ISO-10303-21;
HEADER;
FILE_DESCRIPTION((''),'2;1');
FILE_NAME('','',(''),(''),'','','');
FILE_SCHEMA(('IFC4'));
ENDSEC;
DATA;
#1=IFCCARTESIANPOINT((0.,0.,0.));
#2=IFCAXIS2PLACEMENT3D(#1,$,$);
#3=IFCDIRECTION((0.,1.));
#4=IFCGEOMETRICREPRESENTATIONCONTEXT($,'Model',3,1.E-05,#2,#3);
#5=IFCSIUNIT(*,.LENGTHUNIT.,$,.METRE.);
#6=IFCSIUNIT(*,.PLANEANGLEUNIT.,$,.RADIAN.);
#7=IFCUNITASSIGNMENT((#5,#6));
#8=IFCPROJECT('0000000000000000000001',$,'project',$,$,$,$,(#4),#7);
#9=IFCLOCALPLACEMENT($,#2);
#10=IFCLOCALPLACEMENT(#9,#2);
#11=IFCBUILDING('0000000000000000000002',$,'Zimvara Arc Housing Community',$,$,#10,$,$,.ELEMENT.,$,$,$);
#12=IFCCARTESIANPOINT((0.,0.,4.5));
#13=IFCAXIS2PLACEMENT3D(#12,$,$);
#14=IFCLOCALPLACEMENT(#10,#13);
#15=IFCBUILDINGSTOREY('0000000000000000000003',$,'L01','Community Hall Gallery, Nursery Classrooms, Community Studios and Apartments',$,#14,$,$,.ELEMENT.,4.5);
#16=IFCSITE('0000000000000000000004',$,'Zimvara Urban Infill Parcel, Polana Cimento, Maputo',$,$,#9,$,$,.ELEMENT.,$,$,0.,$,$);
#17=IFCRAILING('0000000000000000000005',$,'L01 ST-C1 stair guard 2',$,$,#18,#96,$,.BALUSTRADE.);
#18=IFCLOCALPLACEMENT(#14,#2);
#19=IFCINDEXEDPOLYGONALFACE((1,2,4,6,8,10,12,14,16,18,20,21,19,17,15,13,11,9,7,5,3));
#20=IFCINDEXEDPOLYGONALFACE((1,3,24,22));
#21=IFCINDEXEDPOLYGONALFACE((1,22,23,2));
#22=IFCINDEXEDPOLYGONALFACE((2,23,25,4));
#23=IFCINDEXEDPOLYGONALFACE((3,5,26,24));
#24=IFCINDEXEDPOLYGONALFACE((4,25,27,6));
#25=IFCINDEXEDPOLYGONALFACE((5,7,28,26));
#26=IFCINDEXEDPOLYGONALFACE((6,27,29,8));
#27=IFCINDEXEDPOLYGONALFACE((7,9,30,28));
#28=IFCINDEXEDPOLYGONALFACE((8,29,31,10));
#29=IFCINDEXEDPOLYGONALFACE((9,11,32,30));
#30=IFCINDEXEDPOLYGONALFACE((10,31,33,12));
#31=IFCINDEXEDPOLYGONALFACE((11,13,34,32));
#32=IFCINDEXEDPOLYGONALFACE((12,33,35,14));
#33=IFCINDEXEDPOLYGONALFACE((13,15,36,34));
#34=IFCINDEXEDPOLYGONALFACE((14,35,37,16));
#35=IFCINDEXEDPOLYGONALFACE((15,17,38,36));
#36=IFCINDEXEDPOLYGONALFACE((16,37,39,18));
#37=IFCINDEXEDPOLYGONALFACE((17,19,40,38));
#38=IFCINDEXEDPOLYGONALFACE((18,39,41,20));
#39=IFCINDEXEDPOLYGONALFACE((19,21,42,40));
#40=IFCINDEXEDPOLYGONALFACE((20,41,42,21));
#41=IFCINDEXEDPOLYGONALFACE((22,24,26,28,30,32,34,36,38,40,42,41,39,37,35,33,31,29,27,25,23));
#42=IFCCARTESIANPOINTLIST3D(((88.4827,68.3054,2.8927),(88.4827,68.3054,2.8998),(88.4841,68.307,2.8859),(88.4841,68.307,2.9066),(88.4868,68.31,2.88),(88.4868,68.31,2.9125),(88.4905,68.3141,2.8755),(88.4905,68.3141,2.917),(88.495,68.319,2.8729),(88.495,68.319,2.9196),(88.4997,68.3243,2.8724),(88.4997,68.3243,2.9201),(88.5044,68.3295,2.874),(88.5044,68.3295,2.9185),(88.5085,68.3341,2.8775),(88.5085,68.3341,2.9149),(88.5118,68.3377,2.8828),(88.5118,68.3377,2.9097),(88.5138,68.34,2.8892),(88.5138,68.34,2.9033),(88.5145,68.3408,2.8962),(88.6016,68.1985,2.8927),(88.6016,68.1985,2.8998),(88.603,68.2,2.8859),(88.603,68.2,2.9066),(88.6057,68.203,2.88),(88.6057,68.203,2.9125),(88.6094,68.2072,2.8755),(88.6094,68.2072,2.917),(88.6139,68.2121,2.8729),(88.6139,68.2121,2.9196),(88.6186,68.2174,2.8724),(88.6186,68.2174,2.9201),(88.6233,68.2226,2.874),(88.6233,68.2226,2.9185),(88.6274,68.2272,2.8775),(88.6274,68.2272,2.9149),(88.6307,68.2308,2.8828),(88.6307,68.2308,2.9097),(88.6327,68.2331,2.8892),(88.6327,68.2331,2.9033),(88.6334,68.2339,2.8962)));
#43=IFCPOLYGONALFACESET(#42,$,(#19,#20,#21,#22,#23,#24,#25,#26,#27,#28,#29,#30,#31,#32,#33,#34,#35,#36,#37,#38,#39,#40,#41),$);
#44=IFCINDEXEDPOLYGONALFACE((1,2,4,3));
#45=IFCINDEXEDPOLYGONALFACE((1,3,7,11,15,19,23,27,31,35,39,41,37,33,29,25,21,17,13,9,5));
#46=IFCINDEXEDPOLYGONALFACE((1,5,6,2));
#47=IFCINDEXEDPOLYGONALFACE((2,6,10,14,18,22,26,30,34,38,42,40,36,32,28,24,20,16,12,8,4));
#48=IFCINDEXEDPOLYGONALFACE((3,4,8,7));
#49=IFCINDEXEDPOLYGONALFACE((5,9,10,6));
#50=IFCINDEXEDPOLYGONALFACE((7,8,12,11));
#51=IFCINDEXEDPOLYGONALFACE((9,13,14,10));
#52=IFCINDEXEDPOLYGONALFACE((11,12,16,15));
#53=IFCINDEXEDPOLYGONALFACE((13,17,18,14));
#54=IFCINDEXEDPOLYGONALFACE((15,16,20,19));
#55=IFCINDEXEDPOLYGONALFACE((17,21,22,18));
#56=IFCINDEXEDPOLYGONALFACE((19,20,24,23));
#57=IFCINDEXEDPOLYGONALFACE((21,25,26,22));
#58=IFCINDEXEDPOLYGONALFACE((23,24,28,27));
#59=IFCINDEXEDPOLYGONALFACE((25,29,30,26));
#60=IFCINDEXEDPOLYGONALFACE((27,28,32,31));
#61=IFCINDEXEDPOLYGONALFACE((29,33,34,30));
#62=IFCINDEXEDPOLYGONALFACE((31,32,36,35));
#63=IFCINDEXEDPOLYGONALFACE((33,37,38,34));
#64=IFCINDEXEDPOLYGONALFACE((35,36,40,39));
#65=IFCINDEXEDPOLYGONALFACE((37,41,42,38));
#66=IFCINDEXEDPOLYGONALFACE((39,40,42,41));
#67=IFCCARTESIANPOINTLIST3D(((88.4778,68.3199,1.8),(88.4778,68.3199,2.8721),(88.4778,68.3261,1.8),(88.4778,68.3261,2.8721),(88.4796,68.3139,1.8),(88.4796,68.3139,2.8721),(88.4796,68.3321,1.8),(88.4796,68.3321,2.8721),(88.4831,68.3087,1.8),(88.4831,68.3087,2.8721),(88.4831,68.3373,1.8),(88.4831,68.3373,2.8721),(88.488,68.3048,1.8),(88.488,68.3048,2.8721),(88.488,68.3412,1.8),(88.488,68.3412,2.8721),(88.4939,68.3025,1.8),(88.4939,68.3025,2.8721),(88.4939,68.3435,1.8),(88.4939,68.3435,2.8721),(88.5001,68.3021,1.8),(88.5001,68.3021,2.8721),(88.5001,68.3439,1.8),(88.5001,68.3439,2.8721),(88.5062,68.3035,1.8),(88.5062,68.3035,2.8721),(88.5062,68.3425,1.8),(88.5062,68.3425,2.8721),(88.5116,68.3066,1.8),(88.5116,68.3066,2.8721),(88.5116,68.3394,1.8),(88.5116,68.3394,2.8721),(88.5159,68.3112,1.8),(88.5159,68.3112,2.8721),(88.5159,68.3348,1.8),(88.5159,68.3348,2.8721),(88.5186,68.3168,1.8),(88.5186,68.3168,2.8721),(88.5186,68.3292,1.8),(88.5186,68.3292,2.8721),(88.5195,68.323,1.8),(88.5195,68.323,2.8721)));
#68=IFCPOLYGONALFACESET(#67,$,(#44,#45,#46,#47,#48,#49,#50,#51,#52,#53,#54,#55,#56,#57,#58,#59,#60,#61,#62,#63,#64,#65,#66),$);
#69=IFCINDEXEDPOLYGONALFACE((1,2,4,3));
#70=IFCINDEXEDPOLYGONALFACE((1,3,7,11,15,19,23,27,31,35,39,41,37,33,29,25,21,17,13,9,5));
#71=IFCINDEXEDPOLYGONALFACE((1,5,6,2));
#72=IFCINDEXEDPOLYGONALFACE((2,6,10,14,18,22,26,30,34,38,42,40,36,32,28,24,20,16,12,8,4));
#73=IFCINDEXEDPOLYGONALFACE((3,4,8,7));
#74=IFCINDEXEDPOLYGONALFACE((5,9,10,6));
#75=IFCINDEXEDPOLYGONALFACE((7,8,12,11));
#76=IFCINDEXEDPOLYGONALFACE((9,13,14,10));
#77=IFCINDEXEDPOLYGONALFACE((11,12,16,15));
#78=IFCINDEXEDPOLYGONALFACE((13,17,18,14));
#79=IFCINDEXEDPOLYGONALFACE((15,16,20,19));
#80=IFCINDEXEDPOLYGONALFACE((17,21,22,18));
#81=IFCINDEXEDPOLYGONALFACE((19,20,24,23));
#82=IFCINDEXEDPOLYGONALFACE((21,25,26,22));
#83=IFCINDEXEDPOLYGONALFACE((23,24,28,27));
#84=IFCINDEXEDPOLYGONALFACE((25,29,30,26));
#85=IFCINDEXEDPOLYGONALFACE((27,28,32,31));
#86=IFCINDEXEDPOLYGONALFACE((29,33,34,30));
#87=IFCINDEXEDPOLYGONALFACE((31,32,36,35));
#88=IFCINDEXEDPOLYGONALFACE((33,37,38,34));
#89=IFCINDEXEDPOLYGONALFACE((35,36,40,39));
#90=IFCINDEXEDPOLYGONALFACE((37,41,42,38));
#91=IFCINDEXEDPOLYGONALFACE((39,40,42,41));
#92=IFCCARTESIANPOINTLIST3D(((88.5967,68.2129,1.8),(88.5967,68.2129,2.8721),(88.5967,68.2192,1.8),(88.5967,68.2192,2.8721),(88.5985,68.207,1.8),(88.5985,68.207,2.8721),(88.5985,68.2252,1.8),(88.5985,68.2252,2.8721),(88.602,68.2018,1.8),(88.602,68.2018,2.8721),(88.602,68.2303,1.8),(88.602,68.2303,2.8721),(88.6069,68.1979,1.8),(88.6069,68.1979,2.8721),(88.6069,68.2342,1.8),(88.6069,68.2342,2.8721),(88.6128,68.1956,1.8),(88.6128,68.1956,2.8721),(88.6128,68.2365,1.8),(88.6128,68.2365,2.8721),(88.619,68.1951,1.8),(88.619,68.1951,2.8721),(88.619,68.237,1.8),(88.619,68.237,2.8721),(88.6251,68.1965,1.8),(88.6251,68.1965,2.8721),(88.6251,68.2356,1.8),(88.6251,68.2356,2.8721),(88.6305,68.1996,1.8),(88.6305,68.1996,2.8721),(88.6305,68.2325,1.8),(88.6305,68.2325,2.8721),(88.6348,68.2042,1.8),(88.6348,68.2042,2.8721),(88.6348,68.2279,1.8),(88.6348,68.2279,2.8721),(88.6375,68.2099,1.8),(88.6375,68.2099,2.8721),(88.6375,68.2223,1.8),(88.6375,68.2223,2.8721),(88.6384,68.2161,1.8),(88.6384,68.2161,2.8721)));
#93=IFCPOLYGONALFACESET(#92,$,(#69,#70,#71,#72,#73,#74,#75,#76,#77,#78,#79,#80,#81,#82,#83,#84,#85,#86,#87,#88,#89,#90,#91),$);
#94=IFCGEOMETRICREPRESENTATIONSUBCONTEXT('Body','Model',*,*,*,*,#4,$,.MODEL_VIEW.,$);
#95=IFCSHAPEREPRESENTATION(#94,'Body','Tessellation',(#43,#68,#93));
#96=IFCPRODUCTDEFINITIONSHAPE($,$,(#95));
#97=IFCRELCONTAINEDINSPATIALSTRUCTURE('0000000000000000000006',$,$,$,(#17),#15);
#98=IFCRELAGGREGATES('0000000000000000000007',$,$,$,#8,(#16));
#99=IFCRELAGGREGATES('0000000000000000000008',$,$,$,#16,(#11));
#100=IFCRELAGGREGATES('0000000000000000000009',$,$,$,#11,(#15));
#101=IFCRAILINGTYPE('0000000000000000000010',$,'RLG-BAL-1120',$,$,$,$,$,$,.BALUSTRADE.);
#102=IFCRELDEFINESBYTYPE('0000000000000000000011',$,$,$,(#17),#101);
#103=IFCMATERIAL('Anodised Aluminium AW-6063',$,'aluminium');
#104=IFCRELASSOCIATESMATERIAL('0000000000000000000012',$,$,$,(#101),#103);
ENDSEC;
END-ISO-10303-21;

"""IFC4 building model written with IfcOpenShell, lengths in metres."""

from ifc_helpers import new_model, si_unit, direction, frame, origin, origin_2d, place, context, subcontext, project, spatial, circle, extrude, material, type_object, element, save


model = new_model("IFC4")

# Units and contexts
model_context = context("Model", 3, precision=1e-05, world=origin(), true_north=direction((0.0, 1.0)))
body_context = subcontext(model_context, "Body", "Model", "MODEL_VIEW")
ifc_project = project(units=[si_unit("LENGTHUNIT", "METRE"), si_unit("PLANEANGLEUNIT", "RADIAN")], contexts=[model_context])

# Site, building, storey
site_placement = place(None, origin())
site = spatial("IfcSite", under=ifc_project, at=site_placement, Name="Zimvara Urban Infill Parcel, Polana Cimento, Maputo", CompositionType="ELEMENT", RefElevation=0.0)
building_placement = place(site_placement, origin())
building = spatial("IfcBuilding", under=site, at=building_placement, Name="Zimvara Arc Housing Community", CompositionType="ELEMENT")
storey_placement = place(building_placement, frame((0.0, 0.0, 4.5)))
storey = spatial("IfcBuildingStorey", under=building, at=storey_placement, Name="L01", Description="Community Hall Gallery, Nursery Classrooms, Community Studios and Apartments", CompositionType="ELEMENT", Elevation=4.5)

# Railing
ifc_material_1 = material(Name="Anodised Aluminium AW-6063", Category="aluminium")
railing_type = type_object("IfcRailingType", Name="RLG-BAL-1120", PredefinedType="BALUSTRADE", material=ifc_material_1)
railing_placement = place(storey_placement, frame((88.4985, 68.323, 1.8)))
element("IfcRailing", 1, at=railing_placement, inside=storey, type_object=railing_type, Name="L01 ST-C1 stair guard 2", PredefinedType="BALUSTRADE", context=body_context, shape_type="SweptSolid", body=[
    extrude(circle(Radius=0.0239, at=origin_2d()), frame((0.0, 0.0, 1.0962), z_axis=(0.743522, -0.668712, 0.0), x_axis=(0.668712, 0.743522, 0.0)), (0.0, 0.0, 1.0), 0.1599),
    extrude(circle(Radius=0.021, at=origin_2d()), origin(), (0.0, 0.0, 1.0), 1.072),
    extrude(circle(Radius=0.021, at=origin_2d()), frame((0.1189, -0.1069, 0.0)), (0.0, 0.0, 1.0), 1.072),
])

save(model, "model.ifc")
